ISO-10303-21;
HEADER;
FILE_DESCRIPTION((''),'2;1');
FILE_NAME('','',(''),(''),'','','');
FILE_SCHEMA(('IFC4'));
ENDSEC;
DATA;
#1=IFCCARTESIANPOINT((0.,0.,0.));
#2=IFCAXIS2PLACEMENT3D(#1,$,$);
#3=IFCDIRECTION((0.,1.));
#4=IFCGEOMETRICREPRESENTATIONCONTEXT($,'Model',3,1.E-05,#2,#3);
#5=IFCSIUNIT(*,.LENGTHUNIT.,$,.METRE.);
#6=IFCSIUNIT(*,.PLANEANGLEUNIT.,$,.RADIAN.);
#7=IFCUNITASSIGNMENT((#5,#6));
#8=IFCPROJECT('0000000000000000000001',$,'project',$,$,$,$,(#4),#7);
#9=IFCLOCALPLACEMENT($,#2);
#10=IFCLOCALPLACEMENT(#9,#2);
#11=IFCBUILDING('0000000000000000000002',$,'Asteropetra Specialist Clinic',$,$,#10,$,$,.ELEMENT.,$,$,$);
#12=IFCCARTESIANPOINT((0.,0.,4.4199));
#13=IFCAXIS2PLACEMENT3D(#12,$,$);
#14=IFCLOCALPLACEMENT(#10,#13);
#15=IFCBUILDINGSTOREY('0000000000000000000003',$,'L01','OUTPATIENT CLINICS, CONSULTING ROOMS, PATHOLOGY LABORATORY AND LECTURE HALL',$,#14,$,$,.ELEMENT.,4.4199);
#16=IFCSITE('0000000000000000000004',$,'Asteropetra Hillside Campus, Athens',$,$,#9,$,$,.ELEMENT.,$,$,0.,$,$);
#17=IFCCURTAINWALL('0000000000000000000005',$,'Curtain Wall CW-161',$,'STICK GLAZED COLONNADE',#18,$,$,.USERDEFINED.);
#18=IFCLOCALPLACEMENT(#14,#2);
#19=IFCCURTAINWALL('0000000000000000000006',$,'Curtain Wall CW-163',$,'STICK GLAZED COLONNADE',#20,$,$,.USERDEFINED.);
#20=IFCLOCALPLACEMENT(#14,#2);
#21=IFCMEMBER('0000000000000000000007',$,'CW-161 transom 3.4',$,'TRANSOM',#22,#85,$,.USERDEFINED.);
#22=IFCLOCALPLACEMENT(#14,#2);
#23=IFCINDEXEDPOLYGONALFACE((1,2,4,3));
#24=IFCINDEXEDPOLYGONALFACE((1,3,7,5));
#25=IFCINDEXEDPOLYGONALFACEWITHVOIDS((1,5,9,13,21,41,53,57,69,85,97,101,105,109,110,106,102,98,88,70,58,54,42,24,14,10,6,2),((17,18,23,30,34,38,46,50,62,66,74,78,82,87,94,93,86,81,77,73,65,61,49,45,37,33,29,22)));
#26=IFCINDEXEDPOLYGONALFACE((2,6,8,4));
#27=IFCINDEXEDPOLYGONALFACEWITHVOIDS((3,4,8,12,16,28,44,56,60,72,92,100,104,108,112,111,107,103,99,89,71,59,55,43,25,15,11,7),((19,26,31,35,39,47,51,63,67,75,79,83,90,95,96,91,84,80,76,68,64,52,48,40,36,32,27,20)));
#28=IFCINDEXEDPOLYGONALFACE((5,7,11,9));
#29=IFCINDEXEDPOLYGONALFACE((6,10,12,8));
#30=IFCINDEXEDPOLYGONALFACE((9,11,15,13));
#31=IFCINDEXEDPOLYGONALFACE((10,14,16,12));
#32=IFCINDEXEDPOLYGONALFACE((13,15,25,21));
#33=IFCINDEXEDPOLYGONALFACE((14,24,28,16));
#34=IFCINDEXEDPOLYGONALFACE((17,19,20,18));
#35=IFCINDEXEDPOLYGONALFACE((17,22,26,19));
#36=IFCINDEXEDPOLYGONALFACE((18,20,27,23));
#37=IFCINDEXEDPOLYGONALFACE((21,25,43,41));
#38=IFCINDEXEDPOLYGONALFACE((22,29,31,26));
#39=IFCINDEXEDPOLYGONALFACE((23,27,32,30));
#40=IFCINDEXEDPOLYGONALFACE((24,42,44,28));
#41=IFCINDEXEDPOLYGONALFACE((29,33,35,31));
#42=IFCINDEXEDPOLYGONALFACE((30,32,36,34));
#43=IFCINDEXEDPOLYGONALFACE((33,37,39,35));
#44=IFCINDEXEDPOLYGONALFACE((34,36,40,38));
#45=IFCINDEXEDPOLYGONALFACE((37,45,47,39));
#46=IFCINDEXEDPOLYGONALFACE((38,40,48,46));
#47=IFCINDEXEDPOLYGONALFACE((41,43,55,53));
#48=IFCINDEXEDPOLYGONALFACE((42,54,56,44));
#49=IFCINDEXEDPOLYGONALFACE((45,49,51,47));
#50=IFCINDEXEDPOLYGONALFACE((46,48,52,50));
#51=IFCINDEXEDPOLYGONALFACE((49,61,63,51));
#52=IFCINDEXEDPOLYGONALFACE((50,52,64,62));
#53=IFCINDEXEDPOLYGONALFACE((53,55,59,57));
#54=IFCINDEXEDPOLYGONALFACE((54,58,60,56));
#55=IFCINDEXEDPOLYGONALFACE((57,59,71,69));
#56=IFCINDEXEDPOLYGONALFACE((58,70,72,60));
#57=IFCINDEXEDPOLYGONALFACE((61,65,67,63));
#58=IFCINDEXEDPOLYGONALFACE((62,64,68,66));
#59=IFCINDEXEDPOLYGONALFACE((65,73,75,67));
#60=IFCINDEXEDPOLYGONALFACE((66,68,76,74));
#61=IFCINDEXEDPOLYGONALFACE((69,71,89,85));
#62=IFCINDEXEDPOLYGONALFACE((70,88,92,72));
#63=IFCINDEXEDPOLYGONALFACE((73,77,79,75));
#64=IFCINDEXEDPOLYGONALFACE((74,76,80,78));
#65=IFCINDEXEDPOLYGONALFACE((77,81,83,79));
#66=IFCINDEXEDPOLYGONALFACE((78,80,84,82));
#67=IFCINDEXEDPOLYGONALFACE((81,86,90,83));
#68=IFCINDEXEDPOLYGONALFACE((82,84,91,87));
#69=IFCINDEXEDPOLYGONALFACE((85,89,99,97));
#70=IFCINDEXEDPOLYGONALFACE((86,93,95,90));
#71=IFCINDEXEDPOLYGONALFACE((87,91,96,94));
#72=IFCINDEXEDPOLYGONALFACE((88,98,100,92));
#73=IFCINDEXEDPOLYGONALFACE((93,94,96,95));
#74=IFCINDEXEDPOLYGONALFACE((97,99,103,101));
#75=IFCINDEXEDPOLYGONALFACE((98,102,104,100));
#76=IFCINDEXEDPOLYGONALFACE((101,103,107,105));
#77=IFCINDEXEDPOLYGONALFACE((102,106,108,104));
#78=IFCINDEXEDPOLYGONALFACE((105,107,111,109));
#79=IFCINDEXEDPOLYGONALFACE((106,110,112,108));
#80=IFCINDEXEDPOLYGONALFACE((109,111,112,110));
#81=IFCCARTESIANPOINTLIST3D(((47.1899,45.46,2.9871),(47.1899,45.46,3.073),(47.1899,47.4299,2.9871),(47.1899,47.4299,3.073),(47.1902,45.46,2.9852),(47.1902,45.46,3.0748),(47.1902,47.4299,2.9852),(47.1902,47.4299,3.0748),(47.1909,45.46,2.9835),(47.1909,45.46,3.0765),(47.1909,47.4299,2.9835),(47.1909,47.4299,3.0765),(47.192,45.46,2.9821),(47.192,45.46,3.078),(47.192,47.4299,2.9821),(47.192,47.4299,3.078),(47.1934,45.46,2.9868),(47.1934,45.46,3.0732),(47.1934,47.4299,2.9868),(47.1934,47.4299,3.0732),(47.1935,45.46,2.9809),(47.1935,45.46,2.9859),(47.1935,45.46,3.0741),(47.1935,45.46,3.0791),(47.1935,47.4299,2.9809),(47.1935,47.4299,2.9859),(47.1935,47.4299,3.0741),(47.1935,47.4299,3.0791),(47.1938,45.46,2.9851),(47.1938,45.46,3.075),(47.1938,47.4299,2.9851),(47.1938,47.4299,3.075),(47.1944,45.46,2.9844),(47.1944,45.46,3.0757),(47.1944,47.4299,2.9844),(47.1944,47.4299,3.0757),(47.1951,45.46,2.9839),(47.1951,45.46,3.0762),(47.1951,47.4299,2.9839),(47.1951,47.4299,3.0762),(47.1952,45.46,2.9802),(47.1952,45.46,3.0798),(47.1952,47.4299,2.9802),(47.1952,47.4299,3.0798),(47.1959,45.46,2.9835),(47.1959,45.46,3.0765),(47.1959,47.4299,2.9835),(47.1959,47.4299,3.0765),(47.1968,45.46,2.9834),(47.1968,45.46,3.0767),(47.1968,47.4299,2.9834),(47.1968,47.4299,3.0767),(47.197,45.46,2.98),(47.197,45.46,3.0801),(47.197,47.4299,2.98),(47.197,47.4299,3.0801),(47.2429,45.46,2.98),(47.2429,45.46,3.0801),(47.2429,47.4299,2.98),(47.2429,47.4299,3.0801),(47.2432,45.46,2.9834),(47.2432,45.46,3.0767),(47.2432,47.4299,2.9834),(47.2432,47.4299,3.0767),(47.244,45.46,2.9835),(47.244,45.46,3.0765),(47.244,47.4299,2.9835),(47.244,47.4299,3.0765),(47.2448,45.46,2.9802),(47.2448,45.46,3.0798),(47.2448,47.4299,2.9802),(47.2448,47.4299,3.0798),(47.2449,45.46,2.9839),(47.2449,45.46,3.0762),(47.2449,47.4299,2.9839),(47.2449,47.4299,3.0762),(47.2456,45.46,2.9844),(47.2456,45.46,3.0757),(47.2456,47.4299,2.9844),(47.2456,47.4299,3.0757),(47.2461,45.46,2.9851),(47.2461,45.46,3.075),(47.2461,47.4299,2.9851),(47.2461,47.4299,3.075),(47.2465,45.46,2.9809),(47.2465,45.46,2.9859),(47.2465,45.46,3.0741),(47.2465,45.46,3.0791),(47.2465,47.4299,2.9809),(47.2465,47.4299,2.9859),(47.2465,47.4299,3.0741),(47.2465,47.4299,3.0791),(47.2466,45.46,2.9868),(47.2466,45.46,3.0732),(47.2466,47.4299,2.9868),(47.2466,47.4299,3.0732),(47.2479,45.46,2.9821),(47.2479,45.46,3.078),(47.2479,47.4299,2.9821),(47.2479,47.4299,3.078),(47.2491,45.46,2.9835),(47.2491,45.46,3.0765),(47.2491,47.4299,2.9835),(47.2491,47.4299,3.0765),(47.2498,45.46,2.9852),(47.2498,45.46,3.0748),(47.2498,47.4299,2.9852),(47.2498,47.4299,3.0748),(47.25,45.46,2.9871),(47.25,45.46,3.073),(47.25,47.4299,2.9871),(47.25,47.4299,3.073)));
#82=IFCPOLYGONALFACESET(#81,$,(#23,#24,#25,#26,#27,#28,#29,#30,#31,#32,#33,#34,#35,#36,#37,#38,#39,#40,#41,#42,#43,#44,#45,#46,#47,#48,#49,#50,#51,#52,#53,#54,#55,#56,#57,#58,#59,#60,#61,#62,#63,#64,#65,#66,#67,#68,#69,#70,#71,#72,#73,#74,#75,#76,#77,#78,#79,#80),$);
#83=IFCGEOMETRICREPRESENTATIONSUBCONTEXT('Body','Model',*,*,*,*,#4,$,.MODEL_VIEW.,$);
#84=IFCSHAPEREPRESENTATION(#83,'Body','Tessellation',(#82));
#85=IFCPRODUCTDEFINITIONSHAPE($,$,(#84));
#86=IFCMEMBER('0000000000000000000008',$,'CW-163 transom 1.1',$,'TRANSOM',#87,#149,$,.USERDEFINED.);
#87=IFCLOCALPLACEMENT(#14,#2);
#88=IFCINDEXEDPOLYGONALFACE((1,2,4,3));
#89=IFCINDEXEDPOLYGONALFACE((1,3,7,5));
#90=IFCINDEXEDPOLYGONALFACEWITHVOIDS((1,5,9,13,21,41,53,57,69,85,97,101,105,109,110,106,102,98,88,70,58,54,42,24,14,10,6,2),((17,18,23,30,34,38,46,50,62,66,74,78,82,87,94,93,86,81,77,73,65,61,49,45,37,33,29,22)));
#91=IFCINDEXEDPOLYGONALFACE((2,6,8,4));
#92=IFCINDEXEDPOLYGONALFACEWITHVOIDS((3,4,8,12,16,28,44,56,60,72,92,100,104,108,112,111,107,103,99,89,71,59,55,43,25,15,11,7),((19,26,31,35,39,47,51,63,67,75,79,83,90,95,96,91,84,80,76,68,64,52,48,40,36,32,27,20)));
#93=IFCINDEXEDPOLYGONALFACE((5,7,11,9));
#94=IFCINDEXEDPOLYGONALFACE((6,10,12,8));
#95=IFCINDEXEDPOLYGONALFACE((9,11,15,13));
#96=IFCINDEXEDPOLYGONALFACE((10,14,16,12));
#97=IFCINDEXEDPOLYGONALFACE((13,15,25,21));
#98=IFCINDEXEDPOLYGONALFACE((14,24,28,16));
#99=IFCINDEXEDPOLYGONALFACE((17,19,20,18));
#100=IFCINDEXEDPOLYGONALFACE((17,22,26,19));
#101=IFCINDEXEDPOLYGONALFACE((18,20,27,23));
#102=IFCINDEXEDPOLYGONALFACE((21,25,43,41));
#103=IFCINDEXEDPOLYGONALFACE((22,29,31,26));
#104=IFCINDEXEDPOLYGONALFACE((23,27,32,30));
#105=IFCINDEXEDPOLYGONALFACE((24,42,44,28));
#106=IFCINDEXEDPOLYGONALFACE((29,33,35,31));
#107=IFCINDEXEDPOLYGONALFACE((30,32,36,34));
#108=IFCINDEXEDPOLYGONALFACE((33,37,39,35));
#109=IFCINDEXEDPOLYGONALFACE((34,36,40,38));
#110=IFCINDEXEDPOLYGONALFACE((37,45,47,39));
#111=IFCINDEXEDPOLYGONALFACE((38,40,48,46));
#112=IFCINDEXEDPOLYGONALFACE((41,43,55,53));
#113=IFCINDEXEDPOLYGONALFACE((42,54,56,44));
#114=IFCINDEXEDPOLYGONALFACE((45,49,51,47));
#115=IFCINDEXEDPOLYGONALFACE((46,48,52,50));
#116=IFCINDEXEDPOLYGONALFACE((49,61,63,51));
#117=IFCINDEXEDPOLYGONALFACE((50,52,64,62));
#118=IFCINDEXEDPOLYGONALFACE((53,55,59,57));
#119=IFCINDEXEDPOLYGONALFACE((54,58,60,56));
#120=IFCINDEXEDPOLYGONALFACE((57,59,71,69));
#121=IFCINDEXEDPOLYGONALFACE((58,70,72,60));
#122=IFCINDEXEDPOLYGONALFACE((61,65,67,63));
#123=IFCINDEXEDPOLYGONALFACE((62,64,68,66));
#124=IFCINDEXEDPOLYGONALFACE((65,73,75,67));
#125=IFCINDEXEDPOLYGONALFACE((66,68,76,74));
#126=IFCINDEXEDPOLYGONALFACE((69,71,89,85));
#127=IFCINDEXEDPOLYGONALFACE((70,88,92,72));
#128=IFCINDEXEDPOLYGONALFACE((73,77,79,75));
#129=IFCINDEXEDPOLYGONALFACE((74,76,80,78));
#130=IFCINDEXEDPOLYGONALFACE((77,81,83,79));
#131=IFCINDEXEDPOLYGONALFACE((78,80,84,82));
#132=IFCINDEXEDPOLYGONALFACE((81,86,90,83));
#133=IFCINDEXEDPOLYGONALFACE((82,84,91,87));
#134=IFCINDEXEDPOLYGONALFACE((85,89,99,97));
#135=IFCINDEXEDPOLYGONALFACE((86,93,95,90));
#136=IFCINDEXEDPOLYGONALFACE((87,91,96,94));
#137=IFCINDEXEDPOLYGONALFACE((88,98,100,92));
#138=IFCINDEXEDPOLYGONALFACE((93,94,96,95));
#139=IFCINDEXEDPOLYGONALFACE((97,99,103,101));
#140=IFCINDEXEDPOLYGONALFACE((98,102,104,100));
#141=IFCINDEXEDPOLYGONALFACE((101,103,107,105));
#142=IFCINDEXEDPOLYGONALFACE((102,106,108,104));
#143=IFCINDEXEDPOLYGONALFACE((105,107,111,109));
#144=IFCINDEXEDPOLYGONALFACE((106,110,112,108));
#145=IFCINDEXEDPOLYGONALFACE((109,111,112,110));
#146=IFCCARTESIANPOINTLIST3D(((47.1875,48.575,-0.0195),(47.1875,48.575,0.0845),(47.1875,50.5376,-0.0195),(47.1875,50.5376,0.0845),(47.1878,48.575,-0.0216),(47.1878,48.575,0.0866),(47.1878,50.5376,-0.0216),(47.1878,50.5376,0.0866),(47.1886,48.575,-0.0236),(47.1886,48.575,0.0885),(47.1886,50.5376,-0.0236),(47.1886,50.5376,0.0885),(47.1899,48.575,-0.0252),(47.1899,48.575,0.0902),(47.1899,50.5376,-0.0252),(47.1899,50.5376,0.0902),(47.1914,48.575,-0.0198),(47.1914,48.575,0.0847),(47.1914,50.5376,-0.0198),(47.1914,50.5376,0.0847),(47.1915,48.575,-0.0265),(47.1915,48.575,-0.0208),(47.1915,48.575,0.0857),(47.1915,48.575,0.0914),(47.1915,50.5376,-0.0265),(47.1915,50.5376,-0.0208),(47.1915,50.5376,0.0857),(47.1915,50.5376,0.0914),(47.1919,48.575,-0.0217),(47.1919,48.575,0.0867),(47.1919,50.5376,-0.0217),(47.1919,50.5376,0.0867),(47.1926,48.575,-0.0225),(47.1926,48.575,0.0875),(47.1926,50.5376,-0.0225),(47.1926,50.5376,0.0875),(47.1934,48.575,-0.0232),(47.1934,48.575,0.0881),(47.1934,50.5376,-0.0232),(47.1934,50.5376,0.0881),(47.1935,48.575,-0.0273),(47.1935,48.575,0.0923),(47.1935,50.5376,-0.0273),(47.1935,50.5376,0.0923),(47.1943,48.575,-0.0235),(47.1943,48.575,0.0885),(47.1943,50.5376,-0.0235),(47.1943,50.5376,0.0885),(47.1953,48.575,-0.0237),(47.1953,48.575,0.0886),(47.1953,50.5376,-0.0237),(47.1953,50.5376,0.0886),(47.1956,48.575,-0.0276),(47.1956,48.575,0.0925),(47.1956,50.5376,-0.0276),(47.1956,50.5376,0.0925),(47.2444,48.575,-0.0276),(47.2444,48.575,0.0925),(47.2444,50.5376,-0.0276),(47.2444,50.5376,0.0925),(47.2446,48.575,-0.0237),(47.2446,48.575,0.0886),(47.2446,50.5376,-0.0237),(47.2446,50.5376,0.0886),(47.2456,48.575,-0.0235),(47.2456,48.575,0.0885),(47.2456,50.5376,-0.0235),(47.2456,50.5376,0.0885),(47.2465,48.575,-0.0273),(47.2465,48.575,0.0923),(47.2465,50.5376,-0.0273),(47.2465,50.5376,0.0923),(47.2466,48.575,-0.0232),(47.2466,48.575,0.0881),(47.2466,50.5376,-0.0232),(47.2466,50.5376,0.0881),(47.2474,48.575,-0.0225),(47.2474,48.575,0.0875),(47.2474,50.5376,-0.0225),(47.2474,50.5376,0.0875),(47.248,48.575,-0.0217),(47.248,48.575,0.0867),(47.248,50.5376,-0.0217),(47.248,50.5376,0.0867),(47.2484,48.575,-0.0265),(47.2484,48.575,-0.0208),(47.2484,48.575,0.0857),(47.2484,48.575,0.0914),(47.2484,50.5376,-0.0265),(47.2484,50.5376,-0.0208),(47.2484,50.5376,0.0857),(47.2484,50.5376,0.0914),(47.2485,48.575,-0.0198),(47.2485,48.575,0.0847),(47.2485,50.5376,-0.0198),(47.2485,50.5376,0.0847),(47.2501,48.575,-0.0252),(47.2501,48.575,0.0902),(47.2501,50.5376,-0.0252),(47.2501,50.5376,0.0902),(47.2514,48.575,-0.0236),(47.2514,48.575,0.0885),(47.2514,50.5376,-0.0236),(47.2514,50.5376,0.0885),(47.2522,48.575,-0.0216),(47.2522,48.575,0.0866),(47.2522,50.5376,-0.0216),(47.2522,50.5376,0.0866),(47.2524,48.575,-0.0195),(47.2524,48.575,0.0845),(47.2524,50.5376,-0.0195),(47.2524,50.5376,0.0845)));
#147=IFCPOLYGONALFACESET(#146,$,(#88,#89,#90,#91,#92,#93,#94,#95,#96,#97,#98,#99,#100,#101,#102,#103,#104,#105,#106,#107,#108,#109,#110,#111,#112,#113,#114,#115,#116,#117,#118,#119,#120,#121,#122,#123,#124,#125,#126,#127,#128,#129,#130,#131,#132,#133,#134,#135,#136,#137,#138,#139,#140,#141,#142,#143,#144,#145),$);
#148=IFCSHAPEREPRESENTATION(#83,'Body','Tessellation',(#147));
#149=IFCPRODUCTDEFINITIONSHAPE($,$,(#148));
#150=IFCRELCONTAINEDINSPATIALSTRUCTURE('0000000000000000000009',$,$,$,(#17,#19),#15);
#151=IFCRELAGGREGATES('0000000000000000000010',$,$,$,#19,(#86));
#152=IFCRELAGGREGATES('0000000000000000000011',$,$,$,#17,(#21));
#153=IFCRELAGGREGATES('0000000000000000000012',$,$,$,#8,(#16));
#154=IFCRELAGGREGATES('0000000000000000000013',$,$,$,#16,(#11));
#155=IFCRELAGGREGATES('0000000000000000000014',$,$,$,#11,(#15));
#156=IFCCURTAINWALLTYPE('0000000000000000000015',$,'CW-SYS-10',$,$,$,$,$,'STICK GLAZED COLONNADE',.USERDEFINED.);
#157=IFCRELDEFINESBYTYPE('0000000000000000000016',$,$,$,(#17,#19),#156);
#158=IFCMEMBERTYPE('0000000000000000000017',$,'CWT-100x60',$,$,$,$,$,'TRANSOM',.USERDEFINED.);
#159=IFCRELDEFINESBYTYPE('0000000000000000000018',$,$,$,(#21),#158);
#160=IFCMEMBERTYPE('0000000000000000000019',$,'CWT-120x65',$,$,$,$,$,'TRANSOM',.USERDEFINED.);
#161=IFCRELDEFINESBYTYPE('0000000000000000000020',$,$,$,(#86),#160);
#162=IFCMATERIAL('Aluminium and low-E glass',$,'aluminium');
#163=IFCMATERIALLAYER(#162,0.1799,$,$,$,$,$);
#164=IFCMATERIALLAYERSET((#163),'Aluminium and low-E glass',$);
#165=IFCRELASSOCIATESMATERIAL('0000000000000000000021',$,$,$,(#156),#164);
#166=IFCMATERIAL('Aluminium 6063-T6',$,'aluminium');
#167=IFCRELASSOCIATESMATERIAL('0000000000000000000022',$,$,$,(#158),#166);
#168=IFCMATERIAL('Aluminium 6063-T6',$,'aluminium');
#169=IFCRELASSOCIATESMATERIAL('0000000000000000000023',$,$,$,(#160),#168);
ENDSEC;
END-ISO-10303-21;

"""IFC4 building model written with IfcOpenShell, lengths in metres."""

from ifc_helpers import new_model, si_unit, direction, frame, origin, origin_2d, place, context, subcontext, project, spatial, hollow_rectangle, extrude, material, layer, layer_set, material_profile, profile_set, type_object, element, aggregate, save


model = new_model("IFC4")

# Units and contexts
model_context = context("Model", 3, precision=1e-05, world=origin(), true_north=direction((0.0, 1.0)))
body_context = subcontext(model_context, "Body", "Model", "MODEL_VIEW")
ifc_project = project(units=[si_unit("LENGTHUNIT", "METRE"), si_unit("PLANEANGLEUNIT", "RADIAN")], contexts=[model_context])

# Site, building, storey
site_placement = place(None, origin())
site = spatial("IfcSite", under=ifc_project, at=site_placement, Name="Asteropetra Hillside Campus, Athens", CompositionType="ELEMENT", RefElevation=0.0)
building_placement = place(site_placement, origin())
building = spatial("IfcBuilding", under=site, at=building_placement, Name="Asteropetra Specialist Clinic", CompositionType="ELEMENT")
storey_placement = place(building_placement, frame((0.0, 0.0, 4.4199)))
storey = spatial("IfcBuildingStorey", under=building, at=storey_placement, Name="L01", Description="OUTPATIENT CLINICS, CONSULTING ROOMS, PATHOLOGY LABORATORY AND LECTURE HALL", CompositionType="ELEMENT", Elevation=4.4199)

# Curtain wall
ifc_material_1 = material(Name="Aluminium and low-E glass", Category="aluminium")
ifc_layer_1 = layer(ifc_material_1, 0.1799)
ifc_layer_set_1 = layer_set([ifc_layer_1], Name="Aluminium and low-E glass")
curtain_wall_type = type_object("IfcCurtainWallType", Name="CW-SYS-10", ElementType="STICK GLAZED COLONNADE", PredefinedType="USERDEFINED", material=ifc_layer_set_1)
curtain_wall_1_placement = place(storey_placement, origin())
curtain_wall_1 = element("IfcCurtainWall", 1, at=curtain_wall_1_placement, inside=storey, type_object=curtain_wall_type, Name="Curtain Wall CW-161", ObjectType="STICK GLAZED COLONNADE", PredefinedType="USERDEFINED")

# Curtain wall
curtain_wall_2_placement = place(storey_placement, origin())
curtain_wall_2 = element("IfcCurtainWall", 2, at=curtain_wall_2_placement, inside=storey, type_object=curtain_wall_type, Name="Curtain Wall CW-163", ObjectType="STICK GLAZED COLONNADE", PredefinedType="USERDEFINED")

# Members
ifc_material_2 = material(Name="Aluminium 6063-T6", Category="aluminium")
ifc_material_profile_1 = material_profile(ifc_material_2, hollow_rectangle(XDim=0.0601, YDim=0.1001, WallThickness=0.0034, InnerFilletRadius=0.0034, OuterFilletRadius=0.0071, at=origin_2d()), Name="TRN 100x60x3.5")
ifc_profile_set_1 = profile_set([ifc_material_profile_1], Name="Aluminium 6063-T6")
member_type_1 = type_object("IfcMemberType", Name="CWT-100x60", ElementType="TRANSOM", PredefinedType="USERDEFINED", material=ifc_profile_set_1)
member_1_placement = place(storey_placement, frame((47.22, 45.46, 3.03), z_axis=(0.0, 1.0, 0.0), x_axis=(-1.0, 0.0, 0.0)))
member_1 = element("IfcMember", 3, at=member_1_placement, type_object=member_type_1, Name="CW-161 transom 3.4", ObjectType="TRANSOM", PredefinedType="USERDEFINED", context=body_context, shape_type="SweptSolid", body=[
    extrude(hollow_rectangle(XDim=0.0601, YDim=0.1001, WallThickness=0.0034, InnerFilletRadius=0.0034, OuterFilletRadius=0.0071, at=origin_2d()), origin(), (0.0, 0.0, 1.0), 1.97),
])
ifc_material_3 = material(Name="Aluminium 6063-T6", Category="aluminium")
ifc_material_profile_2 = material_profile(ifc_material_3, hollow_rectangle(XDim=0.0649, YDim=0.1201, WallThickness=0.0039, InnerFilletRadius=0.0039, OuterFilletRadius=0.0081, at=origin_2d()), Name="TRN 120x65x4.0")
ifc_profile_set_2 = profile_set([ifc_material_profile_2], Name="Aluminium 6063-T6")
member_type_2 = type_object("IfcMemberType", Name="CWT-120x65", ElementType="TRANSOM", PredefinedType="USERDEFINED", material=ifc_profile_set_2)
member_2_placement = place(storey_placement, frame((47.22, 48.575, 0.0325), z_axis=(0.0, 1.0, 0.0), x_axis=(-1.0, 0.0, 0.0)))
member_2 = element("IfcMember", 4, at=member_2_placement, type_object=member_type_2, Name="CW-163 transom 1.1", ObjectType="TRANSOM", PredefinedType="USERDEFINED", context=body_context, shape_type="SweptSolid", body=[
    extrude(hollow_rectangle(XDim=0.0649, YDim=0.1201, WallThickness=0.0039, InnerFilletRadius=0.0039, OuterFilletRadius=0.0081, at=origin_2d()), origin(), (0.0, 0.0, 1.0), 1.9626),
])
aggregate(curtain_wall_2, [member_2])

aggregate(curtain_wall_1, [member_1])

save(model, "model.ifc")
